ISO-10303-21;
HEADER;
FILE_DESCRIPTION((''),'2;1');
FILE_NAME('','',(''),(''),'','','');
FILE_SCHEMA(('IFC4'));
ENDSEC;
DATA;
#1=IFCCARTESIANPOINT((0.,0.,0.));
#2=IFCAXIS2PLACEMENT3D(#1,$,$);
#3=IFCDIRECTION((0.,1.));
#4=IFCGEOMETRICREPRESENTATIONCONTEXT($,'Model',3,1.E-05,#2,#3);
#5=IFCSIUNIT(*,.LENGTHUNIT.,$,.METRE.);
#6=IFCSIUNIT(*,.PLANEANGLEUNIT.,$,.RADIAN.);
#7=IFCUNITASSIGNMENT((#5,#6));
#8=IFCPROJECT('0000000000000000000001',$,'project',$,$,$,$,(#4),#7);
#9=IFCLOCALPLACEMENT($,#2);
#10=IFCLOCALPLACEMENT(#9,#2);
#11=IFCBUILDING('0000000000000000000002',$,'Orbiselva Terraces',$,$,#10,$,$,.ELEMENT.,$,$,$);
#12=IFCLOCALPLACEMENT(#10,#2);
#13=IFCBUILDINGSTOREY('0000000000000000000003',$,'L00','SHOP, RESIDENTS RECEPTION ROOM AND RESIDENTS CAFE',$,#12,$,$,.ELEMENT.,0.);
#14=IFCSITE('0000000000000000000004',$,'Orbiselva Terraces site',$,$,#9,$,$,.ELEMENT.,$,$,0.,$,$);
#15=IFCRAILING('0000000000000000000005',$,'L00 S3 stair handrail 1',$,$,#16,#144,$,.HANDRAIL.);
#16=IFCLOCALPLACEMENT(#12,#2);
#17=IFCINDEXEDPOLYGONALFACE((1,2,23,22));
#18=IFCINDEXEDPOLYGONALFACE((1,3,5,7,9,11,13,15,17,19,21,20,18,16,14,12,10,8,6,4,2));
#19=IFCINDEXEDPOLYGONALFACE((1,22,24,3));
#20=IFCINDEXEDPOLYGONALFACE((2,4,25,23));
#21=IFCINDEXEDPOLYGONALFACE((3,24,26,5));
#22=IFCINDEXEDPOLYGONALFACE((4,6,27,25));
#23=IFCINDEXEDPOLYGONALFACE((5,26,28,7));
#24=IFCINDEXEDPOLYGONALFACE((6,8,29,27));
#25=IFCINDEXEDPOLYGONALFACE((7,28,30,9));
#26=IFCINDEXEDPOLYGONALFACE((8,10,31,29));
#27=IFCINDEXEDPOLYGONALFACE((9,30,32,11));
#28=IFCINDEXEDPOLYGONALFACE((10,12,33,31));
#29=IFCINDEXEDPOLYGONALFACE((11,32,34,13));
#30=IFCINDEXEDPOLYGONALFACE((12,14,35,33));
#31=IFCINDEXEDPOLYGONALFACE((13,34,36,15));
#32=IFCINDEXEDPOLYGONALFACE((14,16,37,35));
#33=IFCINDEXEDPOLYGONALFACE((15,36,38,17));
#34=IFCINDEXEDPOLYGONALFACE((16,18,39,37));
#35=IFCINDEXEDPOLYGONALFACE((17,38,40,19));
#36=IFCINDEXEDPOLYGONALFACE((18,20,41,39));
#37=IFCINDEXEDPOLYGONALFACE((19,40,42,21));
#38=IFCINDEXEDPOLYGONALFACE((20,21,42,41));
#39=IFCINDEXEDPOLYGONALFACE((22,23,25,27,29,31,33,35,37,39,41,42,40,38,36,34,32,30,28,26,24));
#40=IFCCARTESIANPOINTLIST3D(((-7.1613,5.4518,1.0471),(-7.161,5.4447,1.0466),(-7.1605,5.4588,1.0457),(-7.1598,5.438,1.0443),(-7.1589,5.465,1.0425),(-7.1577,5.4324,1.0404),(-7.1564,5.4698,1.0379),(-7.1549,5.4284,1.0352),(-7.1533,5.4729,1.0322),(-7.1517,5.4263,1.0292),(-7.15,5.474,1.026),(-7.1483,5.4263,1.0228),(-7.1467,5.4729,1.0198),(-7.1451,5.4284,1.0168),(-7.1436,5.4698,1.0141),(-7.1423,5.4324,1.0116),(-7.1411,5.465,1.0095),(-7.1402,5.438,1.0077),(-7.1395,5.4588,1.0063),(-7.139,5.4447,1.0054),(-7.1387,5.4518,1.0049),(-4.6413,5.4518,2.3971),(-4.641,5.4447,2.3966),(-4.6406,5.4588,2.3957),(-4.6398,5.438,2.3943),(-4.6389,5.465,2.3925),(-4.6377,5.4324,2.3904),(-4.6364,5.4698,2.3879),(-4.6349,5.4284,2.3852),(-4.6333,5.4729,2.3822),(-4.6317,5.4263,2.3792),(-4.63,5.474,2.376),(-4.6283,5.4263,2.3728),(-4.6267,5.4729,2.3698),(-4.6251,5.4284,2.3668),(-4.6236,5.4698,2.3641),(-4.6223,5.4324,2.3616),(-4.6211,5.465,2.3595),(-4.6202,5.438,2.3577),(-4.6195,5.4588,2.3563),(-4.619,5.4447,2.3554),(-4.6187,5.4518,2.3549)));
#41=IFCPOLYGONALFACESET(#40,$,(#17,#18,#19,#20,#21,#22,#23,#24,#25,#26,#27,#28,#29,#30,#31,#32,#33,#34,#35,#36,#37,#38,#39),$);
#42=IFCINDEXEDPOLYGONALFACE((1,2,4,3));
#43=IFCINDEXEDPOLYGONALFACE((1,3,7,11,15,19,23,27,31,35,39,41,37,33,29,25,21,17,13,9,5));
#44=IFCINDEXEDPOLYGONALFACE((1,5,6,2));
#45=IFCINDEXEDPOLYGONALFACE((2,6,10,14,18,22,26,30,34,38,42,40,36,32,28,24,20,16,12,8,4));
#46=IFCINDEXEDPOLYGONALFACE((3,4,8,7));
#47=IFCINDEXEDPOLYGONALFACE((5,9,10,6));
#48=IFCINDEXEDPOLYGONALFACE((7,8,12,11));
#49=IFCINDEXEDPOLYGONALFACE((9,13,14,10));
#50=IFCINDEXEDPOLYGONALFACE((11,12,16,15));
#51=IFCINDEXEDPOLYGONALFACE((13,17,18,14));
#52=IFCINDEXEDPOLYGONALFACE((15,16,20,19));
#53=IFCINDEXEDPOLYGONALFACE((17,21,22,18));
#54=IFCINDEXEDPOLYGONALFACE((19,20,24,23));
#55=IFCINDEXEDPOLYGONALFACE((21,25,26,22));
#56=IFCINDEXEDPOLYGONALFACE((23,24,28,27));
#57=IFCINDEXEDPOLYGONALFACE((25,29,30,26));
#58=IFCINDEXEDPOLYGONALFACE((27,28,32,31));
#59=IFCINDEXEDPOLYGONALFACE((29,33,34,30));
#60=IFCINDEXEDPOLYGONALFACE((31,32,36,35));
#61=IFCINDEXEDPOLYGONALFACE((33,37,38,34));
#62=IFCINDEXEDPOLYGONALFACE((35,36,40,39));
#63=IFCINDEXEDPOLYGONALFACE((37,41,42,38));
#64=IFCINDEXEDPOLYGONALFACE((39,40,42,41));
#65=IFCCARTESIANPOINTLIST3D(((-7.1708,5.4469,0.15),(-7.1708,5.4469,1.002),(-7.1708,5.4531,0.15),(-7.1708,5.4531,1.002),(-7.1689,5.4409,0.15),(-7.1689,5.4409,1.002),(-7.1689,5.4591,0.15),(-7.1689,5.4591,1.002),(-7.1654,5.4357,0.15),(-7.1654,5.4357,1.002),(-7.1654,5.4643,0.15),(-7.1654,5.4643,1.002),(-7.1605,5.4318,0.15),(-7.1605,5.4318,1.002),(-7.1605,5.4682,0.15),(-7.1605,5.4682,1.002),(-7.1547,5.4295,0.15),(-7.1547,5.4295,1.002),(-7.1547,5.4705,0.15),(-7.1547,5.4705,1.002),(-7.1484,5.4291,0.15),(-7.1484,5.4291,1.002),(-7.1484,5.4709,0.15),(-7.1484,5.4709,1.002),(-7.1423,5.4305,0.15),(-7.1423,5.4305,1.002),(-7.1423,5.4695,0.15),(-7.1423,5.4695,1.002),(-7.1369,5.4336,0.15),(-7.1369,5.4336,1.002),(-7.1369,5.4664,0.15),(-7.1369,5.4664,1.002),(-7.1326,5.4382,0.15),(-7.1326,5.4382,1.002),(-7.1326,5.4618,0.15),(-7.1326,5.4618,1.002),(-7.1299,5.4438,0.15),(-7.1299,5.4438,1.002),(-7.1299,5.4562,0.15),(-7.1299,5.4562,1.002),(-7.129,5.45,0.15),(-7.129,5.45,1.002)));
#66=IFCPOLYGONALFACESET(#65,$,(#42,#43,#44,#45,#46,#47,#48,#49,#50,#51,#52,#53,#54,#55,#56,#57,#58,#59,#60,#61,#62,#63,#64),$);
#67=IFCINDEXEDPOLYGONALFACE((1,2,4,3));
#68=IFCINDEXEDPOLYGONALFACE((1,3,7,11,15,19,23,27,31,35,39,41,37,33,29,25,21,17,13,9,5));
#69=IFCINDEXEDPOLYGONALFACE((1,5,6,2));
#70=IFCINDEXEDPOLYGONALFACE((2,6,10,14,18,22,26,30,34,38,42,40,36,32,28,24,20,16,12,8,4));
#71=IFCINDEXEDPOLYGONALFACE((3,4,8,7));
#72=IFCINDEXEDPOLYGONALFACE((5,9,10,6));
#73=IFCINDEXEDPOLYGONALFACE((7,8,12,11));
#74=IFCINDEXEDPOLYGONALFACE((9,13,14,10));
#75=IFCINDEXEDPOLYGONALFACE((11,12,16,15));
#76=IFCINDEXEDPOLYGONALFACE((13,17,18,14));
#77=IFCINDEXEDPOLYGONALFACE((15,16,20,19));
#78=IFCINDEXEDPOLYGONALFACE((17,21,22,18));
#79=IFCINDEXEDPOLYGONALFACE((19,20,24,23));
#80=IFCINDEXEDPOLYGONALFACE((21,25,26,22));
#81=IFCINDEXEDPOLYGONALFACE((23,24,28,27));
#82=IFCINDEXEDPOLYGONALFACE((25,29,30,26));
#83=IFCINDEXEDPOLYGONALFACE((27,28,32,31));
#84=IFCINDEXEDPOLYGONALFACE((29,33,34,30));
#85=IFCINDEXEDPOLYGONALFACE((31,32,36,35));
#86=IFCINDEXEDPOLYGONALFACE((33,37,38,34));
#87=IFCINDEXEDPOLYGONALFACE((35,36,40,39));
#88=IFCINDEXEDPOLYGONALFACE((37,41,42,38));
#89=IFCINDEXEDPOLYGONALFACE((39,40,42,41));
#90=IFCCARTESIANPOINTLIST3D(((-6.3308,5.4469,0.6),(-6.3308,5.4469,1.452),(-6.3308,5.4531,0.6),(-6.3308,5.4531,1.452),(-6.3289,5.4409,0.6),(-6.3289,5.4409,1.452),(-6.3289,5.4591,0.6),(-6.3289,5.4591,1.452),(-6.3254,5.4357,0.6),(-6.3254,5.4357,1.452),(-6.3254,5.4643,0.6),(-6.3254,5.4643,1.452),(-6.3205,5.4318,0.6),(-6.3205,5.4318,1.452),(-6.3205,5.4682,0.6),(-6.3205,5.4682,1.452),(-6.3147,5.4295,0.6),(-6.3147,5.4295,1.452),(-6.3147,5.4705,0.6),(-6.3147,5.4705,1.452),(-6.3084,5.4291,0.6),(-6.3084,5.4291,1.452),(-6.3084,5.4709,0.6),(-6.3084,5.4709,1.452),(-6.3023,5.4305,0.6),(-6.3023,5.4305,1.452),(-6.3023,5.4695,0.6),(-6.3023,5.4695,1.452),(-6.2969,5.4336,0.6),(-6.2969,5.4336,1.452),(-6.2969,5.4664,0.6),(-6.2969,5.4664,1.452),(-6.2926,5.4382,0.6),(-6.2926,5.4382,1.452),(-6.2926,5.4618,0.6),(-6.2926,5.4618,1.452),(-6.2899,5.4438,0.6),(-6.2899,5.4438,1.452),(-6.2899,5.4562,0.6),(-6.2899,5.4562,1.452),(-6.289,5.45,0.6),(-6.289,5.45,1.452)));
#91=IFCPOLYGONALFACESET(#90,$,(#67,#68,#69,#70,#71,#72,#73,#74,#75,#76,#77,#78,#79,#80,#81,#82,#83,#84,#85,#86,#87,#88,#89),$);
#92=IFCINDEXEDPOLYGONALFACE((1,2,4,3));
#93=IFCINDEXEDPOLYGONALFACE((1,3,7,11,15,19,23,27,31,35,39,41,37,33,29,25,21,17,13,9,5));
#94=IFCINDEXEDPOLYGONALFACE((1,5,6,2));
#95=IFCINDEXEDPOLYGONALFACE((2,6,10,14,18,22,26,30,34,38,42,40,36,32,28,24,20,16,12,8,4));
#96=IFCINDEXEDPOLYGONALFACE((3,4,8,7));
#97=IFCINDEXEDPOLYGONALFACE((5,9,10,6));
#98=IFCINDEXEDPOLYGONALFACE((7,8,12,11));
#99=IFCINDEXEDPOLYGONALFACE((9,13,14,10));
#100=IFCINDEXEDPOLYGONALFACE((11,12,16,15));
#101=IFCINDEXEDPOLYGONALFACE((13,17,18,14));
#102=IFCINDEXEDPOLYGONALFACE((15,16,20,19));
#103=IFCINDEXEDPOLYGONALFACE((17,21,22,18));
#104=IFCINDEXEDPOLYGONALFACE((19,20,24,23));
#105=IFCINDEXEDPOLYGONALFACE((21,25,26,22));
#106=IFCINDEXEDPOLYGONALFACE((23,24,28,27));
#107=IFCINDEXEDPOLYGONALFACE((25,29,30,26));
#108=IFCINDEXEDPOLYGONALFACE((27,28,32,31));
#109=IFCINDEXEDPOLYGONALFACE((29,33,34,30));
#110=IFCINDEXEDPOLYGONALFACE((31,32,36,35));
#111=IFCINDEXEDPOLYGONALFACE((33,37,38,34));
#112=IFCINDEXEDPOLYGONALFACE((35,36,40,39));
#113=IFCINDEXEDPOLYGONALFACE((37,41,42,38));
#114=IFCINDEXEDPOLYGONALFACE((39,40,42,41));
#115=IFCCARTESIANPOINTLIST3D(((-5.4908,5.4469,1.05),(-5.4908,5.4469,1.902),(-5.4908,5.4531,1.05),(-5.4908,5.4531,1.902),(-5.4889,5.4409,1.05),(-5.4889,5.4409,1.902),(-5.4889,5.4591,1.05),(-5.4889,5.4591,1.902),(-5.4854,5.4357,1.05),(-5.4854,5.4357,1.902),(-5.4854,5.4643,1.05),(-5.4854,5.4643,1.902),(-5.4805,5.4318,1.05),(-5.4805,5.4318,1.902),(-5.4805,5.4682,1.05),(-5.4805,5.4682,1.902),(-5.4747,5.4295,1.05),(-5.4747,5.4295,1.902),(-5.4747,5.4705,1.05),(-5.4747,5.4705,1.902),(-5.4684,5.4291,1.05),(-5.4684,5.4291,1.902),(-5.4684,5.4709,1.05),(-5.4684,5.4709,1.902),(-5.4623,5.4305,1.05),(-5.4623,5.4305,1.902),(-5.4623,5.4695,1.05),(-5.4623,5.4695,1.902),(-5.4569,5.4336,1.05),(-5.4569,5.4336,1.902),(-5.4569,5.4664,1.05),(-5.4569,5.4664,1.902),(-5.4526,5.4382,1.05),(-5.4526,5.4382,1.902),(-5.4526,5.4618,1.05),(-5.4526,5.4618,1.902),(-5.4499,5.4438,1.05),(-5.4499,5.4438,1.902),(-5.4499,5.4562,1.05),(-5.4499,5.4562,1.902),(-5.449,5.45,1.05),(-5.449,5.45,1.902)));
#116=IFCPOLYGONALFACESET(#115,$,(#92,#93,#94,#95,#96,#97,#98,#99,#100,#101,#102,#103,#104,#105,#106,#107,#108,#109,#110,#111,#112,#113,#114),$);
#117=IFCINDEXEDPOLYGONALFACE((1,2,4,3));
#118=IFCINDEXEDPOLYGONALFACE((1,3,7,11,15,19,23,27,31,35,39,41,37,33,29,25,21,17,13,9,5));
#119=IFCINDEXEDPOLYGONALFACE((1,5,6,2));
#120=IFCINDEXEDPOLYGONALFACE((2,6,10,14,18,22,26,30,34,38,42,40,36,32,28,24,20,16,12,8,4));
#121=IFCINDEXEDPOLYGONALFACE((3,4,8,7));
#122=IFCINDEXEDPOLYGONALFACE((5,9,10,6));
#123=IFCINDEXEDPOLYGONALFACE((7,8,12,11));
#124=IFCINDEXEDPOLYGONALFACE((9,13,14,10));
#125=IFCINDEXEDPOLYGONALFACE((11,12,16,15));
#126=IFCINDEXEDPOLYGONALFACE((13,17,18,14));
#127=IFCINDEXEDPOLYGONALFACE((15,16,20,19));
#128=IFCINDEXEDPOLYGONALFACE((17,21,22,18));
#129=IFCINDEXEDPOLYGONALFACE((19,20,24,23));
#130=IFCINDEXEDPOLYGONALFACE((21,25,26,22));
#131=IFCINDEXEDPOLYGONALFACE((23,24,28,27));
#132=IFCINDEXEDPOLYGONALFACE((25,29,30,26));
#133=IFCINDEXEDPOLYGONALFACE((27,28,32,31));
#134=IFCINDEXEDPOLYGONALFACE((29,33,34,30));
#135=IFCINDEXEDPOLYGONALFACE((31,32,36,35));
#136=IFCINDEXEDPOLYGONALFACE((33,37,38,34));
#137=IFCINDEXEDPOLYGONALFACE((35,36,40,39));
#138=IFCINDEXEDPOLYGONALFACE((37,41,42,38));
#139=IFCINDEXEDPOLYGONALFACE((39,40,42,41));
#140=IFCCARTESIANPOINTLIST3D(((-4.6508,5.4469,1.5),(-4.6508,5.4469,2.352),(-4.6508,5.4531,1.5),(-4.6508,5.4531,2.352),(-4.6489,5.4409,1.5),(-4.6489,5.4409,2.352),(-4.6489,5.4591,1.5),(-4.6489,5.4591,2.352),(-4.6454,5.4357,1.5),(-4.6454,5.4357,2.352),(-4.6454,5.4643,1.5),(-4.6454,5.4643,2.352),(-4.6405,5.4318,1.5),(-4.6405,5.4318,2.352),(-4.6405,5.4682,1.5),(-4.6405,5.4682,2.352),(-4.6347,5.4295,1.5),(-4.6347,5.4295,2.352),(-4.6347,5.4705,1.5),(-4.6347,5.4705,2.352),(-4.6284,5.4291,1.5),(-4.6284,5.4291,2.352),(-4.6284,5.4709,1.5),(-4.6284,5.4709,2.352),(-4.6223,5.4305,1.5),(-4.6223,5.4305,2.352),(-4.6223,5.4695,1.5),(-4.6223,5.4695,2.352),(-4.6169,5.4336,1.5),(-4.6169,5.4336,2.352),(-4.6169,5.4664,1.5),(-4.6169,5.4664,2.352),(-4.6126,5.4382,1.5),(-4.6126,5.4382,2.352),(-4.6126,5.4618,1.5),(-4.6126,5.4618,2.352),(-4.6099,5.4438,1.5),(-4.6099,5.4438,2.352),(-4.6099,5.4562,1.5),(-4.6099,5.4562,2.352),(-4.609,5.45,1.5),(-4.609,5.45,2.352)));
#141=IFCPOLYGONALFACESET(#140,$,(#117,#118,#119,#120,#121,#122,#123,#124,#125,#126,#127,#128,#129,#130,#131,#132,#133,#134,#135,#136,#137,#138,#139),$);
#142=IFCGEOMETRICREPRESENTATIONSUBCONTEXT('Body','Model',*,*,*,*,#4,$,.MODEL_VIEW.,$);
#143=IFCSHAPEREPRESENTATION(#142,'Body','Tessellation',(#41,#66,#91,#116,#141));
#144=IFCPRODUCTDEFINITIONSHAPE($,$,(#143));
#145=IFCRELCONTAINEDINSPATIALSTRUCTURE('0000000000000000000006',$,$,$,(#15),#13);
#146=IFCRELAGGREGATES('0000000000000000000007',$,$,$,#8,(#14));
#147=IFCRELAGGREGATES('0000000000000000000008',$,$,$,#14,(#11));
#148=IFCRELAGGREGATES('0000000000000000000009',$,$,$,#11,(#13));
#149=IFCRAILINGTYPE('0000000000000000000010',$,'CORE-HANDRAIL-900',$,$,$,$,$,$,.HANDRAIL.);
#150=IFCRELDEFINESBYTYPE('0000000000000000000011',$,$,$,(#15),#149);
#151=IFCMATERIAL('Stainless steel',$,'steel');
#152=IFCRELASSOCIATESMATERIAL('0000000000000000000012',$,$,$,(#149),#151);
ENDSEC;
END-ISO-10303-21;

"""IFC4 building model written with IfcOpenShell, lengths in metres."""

from ifc_helpers import new_model, si_unit, direction, frame, origin, origin_2d, place, context, subcontext, project, spatial, circle, extrude, material, type_object, element, save


model = new_model("IFC4")

# Units and contexts
model_context = context("Model", 3, precision=1e-05, world=origin(), true_north=direction((0.0, 1.0)))
body_context = subcontext(model_context, "Body", "Model", "MODEL_VIEW")
ifc_project = project(units=[si_unit("LENGTHUNIT", "METRE"), si_unit("PLANEANGLEUNIT", "RADIAN")], contexts=[model_context])

# Site, building, storey
site_placement = place(None, origin())
site = spatial("IfcSite", under=ifc_project, at=site_placement, Name="Orbiselva Terraces site", CompositionType="ELEMENT", RefElevation=0.0)
building_placement = place(site_placement, origin())
building = spatial("IfcBuilding", under=site, at=building_placement, Name="Orbiselva Terraces", CompositionType="ELEMENT")
storey_placement = place(building_placement, origin())
storey = spatial("IfcBuildingStorey", under=building, at=storey_placement, Name="L00", Description="SHOP, RESIDENTS RECEPTION ROOM AND RESIDENTS CAFE", CompositionType="ELEMENT", Elevation=0.0)

# Railing
ifc_material_1 = material(Name="Stainless steel", Category="steel")
railing_type_1 = type_object("IfcRailingType", Name="CORE-HANDRAIL-900", PredefinedType="HANDRAIL", material=ifc_material_1)
railing_1_placement = place(storey_placement, frame((-7.15, 5.45, 0.15)))
element("IfcRailing", 1, at=railing_1_placement, inside=storey, type_object=railing_type_1, Name="L00 S3 stair handrail 1", PredefinedType="HANDRAIL", context=body_context, shape_type="SweptSolid", body=[
    extrude(circle(Radius=0.024, at=origin_2d()), frame((0.0, 0.0, 0.876), z_axis=(0.88148, 0.0, 0.472221), x_axis=(0.0, 1.0, 0.0)), (0.0, 0.0, 1.0), 2.8588),
    extrude(circle(Radius=0.021, at=origin_2d()), origin(), (0.0, 0.0, 1.0), 0.852),
    extrude(circle(Radius=0.021, at=origin_2d()), frame((0.84, 0.0, 0.45)), (0.0, 0.0, 1.0), 0.852),
    extrude(circle(Radius=0.021, at=origin_2d()), frame((1.68, 0.0, 0.9)), (0.0, 0.0, 1.0), 0.852),
    extrude(circle(Radius=0.021, at=origin_2d()), frame((2.52, 0.0, 1.35)), (0.0, 0.0, 1.0), 0.852),
])

save(model, "model.ifc")
